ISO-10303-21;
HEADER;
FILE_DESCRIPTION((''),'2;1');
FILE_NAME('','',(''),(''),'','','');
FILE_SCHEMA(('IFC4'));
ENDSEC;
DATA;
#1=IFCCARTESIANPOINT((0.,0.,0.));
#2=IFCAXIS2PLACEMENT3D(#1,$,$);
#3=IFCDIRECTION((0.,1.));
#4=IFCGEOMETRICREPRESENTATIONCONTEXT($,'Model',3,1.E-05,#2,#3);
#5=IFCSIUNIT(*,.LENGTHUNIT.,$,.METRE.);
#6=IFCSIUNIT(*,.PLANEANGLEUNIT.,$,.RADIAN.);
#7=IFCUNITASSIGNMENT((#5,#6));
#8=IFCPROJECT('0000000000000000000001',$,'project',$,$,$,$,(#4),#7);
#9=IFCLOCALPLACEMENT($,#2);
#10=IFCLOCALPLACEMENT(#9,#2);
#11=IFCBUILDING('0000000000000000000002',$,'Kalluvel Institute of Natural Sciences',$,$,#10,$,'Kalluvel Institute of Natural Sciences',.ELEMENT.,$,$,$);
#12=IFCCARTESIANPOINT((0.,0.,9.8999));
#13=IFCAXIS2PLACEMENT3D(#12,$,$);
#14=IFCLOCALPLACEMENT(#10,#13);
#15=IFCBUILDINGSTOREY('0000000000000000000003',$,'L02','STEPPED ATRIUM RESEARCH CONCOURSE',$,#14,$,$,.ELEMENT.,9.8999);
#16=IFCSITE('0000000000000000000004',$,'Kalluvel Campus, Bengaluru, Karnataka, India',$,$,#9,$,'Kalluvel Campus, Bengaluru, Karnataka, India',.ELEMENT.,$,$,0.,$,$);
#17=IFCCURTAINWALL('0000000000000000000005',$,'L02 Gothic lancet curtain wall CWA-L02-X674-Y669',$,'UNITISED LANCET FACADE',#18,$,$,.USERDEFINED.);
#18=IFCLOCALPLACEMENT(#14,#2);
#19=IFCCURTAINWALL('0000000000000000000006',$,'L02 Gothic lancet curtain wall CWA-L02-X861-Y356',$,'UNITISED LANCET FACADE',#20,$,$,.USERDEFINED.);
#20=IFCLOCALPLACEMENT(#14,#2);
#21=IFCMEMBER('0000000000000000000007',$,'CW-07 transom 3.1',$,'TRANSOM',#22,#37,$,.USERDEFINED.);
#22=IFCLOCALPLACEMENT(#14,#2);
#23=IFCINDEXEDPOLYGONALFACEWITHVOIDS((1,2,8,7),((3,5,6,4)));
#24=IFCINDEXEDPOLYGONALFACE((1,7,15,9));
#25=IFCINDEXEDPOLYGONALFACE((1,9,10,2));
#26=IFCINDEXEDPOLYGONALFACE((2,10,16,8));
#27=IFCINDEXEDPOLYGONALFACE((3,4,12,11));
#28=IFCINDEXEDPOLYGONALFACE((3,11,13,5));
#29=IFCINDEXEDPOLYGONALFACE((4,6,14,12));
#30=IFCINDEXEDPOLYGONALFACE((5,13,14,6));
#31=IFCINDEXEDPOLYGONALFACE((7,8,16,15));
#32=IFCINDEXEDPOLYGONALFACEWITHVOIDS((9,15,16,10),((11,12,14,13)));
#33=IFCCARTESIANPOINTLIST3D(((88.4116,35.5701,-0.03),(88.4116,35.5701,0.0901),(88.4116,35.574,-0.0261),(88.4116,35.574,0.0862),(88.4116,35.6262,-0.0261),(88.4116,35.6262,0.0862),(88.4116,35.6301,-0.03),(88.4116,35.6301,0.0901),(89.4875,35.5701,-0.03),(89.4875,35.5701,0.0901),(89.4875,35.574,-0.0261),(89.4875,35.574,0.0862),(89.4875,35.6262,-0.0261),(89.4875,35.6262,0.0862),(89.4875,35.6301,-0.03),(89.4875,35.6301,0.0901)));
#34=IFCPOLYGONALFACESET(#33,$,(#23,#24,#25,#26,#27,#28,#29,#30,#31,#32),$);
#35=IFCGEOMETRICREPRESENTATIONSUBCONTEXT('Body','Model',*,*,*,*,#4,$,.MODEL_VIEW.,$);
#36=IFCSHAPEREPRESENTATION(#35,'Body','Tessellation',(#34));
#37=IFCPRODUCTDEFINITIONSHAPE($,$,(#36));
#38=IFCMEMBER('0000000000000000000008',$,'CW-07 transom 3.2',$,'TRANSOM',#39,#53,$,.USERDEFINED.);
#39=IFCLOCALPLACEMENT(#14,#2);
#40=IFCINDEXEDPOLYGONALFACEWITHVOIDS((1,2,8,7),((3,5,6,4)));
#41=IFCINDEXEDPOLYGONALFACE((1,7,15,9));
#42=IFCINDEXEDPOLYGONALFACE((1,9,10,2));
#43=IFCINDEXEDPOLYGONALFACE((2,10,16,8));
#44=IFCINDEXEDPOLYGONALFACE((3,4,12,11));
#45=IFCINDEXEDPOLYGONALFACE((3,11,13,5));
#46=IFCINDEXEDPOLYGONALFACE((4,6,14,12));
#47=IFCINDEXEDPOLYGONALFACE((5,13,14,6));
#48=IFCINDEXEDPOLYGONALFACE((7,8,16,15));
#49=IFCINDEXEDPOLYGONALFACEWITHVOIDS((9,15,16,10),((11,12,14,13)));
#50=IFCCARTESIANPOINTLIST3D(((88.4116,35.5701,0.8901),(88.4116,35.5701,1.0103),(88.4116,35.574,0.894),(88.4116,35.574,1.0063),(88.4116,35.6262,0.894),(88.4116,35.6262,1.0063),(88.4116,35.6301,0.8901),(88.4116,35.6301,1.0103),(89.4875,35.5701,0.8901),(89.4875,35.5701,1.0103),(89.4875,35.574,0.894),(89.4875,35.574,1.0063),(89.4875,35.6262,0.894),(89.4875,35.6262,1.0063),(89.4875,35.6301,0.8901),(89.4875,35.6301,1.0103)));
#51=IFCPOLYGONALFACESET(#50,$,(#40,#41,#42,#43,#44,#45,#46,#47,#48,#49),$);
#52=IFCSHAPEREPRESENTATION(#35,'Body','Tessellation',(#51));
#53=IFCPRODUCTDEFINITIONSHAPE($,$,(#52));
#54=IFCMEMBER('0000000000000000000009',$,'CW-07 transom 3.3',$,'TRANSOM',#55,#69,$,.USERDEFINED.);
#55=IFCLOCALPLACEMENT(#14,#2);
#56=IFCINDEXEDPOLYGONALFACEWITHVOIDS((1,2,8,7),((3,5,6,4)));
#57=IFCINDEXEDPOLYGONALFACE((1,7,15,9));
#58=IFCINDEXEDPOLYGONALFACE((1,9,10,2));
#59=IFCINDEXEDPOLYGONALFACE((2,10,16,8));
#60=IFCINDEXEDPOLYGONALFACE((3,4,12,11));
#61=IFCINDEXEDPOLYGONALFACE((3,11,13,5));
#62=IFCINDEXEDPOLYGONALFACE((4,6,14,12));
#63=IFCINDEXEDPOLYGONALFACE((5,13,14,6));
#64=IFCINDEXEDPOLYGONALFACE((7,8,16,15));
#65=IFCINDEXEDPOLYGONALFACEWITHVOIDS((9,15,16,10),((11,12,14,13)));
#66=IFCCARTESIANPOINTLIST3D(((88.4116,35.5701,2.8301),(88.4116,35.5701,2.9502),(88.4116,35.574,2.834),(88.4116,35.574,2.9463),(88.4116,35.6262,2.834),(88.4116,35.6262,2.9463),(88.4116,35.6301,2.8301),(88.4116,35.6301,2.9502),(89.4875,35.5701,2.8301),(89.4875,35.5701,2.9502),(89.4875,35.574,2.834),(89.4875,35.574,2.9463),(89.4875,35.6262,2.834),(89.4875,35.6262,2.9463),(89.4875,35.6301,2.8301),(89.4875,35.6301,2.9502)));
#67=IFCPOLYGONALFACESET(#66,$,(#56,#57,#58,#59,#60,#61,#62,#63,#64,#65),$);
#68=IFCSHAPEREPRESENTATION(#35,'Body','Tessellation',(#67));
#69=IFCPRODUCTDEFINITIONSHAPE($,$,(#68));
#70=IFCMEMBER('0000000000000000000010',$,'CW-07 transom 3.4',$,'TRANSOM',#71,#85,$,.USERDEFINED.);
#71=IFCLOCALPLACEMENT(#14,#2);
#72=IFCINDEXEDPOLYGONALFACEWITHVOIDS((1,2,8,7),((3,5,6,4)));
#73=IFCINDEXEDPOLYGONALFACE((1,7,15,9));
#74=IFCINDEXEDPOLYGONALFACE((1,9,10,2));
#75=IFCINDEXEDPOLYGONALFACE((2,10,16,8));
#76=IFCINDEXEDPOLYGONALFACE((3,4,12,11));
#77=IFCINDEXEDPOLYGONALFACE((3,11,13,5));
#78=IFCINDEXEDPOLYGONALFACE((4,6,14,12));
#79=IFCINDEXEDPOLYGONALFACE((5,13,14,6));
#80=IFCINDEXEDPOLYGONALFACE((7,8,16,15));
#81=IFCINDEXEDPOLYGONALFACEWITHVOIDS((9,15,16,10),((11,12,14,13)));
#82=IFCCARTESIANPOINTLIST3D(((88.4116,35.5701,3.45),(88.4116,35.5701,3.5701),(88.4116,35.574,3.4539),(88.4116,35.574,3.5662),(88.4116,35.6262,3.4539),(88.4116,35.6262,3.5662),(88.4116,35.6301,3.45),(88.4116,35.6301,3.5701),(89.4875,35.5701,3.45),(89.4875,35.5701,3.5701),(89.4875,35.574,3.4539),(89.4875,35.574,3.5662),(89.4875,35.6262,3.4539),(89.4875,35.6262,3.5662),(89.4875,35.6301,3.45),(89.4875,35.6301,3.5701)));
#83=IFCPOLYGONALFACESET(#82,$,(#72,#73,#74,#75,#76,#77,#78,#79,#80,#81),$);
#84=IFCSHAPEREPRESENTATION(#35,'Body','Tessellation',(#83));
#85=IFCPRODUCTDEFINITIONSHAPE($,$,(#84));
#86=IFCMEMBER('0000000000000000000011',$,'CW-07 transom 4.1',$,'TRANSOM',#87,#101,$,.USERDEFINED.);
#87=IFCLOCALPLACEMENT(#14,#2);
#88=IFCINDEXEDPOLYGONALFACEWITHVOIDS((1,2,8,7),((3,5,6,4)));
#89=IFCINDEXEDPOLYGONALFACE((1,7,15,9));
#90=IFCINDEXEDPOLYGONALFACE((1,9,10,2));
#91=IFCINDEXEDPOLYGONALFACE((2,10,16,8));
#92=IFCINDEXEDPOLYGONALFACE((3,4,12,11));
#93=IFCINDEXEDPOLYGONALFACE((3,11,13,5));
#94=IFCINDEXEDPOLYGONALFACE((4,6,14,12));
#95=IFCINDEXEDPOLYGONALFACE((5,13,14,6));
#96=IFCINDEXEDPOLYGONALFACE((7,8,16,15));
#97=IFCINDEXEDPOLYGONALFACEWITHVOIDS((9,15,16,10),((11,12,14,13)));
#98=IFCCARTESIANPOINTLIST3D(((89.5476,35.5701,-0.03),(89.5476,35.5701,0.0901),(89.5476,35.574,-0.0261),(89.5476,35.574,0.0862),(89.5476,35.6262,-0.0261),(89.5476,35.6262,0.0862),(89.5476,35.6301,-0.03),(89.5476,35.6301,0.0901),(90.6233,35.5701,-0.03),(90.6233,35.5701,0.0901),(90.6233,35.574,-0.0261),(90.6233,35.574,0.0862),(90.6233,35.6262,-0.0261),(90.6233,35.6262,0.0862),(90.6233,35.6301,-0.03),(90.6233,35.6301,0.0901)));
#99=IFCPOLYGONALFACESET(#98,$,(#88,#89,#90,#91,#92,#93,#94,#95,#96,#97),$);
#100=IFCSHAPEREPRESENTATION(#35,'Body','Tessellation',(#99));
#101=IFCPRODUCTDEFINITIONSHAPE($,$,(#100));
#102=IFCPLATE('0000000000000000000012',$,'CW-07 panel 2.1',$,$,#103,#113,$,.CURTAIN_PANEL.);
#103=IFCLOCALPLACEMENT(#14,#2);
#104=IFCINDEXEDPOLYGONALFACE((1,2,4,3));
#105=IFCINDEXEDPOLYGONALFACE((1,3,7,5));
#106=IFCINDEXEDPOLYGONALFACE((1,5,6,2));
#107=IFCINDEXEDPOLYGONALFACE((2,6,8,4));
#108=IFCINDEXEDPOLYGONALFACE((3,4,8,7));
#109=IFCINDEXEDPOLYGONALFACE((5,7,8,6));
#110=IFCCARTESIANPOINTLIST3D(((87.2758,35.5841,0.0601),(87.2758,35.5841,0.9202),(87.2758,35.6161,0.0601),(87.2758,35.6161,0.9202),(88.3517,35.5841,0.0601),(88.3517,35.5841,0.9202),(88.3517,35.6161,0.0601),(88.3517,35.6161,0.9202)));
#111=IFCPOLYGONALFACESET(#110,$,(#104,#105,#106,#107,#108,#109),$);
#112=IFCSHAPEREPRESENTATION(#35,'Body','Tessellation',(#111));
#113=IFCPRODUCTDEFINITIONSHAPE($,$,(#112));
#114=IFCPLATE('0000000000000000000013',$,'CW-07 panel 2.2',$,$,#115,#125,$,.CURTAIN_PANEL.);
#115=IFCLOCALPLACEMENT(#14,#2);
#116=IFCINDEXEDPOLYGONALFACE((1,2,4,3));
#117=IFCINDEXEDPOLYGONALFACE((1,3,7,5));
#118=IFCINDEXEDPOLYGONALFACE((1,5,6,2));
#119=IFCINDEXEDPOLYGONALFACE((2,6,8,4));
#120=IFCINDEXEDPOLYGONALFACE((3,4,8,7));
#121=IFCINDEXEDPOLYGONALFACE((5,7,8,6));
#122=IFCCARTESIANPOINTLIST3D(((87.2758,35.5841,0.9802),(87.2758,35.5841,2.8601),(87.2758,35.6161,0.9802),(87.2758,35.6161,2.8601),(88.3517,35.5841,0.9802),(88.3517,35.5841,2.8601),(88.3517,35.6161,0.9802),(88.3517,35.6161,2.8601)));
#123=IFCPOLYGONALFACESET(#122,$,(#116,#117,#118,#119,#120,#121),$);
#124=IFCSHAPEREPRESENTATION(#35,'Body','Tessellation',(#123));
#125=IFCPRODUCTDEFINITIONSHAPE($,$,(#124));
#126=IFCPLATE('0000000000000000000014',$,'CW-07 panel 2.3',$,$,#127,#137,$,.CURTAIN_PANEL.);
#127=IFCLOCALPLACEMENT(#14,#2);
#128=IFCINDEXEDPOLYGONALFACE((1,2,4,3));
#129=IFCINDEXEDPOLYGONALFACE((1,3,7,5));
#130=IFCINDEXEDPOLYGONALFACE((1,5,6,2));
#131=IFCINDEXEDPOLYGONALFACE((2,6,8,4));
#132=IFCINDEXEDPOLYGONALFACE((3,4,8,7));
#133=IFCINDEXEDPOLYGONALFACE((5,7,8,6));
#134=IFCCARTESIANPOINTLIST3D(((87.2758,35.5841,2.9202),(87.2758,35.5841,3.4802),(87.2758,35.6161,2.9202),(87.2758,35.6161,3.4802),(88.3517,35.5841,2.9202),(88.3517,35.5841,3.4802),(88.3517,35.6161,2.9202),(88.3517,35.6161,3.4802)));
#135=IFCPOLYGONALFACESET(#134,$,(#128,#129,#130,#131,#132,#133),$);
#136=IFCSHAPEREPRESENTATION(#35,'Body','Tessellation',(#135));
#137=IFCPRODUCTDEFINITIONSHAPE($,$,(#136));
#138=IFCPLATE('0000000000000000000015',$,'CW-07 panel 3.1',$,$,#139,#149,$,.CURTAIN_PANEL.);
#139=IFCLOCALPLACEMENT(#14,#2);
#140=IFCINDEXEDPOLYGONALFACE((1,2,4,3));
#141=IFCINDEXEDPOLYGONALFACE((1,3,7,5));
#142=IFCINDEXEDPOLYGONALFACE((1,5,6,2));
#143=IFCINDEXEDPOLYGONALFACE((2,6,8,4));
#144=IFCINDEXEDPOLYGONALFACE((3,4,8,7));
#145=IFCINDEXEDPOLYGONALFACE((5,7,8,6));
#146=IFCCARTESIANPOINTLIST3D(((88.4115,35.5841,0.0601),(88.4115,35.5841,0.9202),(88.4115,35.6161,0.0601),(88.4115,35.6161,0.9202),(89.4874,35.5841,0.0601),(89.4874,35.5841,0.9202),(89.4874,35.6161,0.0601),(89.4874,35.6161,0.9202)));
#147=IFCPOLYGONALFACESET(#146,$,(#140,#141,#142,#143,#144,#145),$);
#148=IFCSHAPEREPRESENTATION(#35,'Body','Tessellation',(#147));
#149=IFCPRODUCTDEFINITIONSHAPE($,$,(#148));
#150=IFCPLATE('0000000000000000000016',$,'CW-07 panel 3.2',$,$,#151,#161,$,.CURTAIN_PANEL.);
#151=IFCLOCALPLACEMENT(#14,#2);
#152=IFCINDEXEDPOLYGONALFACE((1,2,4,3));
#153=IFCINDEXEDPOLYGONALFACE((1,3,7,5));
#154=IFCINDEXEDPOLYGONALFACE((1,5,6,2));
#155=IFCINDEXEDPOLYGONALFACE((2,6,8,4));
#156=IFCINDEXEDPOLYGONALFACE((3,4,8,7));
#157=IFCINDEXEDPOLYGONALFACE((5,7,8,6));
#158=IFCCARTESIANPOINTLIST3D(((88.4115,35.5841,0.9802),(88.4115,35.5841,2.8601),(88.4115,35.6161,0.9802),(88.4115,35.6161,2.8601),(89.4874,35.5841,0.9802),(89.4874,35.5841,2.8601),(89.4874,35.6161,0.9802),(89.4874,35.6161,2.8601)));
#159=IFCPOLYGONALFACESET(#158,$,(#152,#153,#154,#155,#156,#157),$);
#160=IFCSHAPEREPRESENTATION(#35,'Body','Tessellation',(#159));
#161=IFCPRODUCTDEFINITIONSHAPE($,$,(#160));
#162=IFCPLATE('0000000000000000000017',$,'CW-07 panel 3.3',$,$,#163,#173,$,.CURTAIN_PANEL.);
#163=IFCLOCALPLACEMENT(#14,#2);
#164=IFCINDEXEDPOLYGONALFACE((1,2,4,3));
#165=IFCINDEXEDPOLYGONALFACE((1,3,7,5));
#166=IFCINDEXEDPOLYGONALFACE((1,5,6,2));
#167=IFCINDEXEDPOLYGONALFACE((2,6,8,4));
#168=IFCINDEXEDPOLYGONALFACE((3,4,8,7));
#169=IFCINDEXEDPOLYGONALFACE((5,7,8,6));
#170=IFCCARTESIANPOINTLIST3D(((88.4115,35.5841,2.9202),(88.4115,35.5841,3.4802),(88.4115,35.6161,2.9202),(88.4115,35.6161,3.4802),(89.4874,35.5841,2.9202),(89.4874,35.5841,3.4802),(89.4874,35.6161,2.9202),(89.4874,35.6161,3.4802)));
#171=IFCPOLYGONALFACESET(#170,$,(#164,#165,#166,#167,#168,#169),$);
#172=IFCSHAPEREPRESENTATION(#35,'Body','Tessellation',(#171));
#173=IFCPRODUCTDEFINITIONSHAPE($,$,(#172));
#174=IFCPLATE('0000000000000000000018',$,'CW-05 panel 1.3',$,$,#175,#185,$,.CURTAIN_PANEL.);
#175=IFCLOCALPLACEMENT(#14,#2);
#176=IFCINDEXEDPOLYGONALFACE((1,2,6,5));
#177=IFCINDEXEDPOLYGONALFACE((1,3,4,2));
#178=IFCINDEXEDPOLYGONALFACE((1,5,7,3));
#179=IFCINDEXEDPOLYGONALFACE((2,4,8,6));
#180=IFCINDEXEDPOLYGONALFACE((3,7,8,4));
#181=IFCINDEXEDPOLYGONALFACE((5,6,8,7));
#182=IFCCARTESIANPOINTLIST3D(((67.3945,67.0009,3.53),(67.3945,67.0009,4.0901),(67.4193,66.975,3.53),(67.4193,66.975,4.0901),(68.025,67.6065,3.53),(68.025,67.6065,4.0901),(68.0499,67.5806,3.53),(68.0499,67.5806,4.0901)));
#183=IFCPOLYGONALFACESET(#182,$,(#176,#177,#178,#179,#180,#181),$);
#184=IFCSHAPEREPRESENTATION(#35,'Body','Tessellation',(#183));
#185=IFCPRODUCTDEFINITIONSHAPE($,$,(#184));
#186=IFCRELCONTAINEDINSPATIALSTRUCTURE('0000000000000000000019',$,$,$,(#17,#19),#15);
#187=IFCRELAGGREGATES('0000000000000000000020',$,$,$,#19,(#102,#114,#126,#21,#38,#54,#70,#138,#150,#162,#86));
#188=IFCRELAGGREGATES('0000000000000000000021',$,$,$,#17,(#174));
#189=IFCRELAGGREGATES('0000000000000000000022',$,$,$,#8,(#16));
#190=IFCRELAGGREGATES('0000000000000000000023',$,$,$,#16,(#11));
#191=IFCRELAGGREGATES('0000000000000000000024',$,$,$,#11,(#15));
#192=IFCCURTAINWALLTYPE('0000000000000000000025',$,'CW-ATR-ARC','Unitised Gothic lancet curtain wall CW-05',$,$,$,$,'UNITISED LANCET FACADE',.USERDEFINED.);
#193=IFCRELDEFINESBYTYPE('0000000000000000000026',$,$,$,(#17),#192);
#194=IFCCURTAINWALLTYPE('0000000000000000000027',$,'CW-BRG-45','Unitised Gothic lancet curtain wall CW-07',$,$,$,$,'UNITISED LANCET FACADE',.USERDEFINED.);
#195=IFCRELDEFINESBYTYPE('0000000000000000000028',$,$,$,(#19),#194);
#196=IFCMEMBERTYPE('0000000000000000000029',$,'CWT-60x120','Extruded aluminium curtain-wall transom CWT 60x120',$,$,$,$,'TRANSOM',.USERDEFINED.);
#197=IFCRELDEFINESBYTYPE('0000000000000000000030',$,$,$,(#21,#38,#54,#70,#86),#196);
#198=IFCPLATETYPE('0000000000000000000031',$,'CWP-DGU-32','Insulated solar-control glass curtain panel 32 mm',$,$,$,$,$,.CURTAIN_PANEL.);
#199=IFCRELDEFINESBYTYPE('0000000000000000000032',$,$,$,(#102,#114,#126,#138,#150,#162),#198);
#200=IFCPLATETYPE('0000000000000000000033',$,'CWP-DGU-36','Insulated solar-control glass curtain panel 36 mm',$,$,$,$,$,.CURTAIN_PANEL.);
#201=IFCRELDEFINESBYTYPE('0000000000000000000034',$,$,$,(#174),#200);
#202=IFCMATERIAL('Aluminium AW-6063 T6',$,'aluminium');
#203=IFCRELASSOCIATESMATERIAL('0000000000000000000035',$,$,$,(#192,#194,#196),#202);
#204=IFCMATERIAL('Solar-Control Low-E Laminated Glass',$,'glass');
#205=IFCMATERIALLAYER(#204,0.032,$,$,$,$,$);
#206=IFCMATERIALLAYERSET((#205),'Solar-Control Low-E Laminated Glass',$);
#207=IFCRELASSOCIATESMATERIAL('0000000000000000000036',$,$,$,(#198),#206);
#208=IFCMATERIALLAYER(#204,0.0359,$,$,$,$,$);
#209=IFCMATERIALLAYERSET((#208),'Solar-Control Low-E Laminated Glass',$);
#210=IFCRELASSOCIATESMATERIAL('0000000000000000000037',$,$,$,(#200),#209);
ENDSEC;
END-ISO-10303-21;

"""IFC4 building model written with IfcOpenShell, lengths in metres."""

from ifc_helpers import new_model, si_unit, direction, frame, origin, origin_2d, place, context, subcontext, project, spatial, rectangle, hollow_rectangle, extrude, material, layer, layer_set, material_profile, profile_set, type_object, element, aggregate, save


model = new_model("IFC4")

# Units and contexts
model_context = context("Model", 3, precision=1e-05, world=origin(), true_north=direction((0.0, 1.0)))
body_context = subcontext(model_context, "Body", "Model", "MODEL_VIEW")
ifc_project = project(units=[si_unit("LENGTHUNIT", "METRE"), si_unit("PLANEANGLEUNIT", "RADIAN")], contexts=[model_context])

# Site, building, storey
site_placement = place(None, origin())
site = spatial("IfcSite", under=ifc_project, at=site_placement, Name="Kalluvel Campus, Bengaluru, Karnataka, India", LongName="Kalluvel Campus, Bengaluru, Karnataka, India", CompositionType="ELEMENT", RefElevation=0.0)
building_placement = place(site_placement, origin())
building = spatial("IfcBuilding", under=site, at=building_placement, Name="Kalluvel Institute of Natural Sciences", LongName="Kalluvel Institute of Natural Sciences", CompositionType="ELEMENT")
storey_placement = place(building_placement, frame((0.0, 0.0, 9.8999)))
storey = spatial("IfcBuildingStorey", under=building, at=storey_placement, Name="L02", Description="STEPPED ATRIUM RESEARCH CONCOURSE", CompositionType="ELEMENT", Elevation=9.8999)

# Curtain wall
ifc_material_1 = material(Name="Aluminium AW-6063 T6", Category="aluminium")
curtain_wall_type_1 = type_object("IfcCurtainWallType", Name="CW-ATR-ARC", Description="Unitised Gothic lancet curtain wall CW-05", ElementType="UNITISED LANCET FACADE", PredefinedType="USERDEFINED", material=ifc_material_1)
curtain_wall_1_placement = place(storey_placement, origin())
curtain_wall_1 = element("IfcCurtainWall", 1, at=curtain_wall_1_placement, inside=storey, type_object=curtain_wall_type_1, Name="L02 Gothic lancet curtain wall CWA-L02-X674-Y669", ObjectType="UNITISED LANCET FACADE", PredefinedType="USERDEFINED")

# Curtain wall
curtain_wall_type_2 = type_object("IfcCurtainWallType", Name="CW-BRG-45", Description="Unitised Gothic lancet curtain wall CW-07", ElementType="UNITISED LANCET FACADE", PredefinedType="USERDEFINED", material=ifc_material_1)
curtain_wall_2_placement = place(storey_placement, origin())
curtain_wall_2 = element("IfcCurtainWall", 2, at=curtain_wall_2_placement, inside=storey, type_object=curtain_wall_type_2, Name="L02 Gothic lancet curtain wall CWA-L02-X861-Y356", ObjectType="UNITISED LANCET FACADE", PredefinedType="USERDEFINED")

# Members
ifc_material_profile_1 = material_profile(ifc_material_1, hollow_rectangle(XDim=0.0601, YDim=0.1201, WallThickness=0.0039, at=origin_2d()), Name="CWT 60x120")
ifc_profile_set_1 = profile_set([ifc_material_profile_1], Name="Aluminium AW-6063 T6")
member_type_1 = type_object("IfcMemberType", Name="CWT-60x120", Description="Extruded aluminium curtain-wall transom CWT 60x120", ElementType="TRANSOM", PredefinedType="USERDEFINED", material=ifc_profile_set_1)
member_1_placement = place(storey_placement, frame((88.4116, 35.6001, 0.03), z_axis=(1.0, 0.0, 0.0), x_axis=(0.0, 1.0, 0.0)))
member_1 = element("IfcMember", 3, at=member_1_placement, type_object=member_type_1, Name="CW-07 transom 3.1", ObjectType="TRANSOM", PredefinedType="USERDEFINED", context=body_context, shape_type="SweptSolid", body=[
    extrude(hollow_rectangle(XDim=0.0601, YDim=0.1201, WallThickness=0.0039, at=origin_2d()), origin(), (0.0, 0.0, 1.0), 1.0759),
])
member_2_placement = place(storey_placement, frame((88.4116, 35.6001, 0.9502), z_axis=(1.0, 0.0, 0.0), x_axis=(0.0, 1.0, 0.0)))
member_2 = element("IfcMember", 4, at=member_2_placement, type_object=member_type_1, Name="CW-07 transom 3.2", ObjectType="TRANSOM", PredefinedType="USERDEFINED", context=body_context, shape_type="SweptSolid", body=[
    extrude(hollow_rectangle(XDim=0.0601, YDim=0.1201, WallThickness=0.0039, at=origin_2d()), origin(), (0.0, 0.0, 1.0), 1.0759),
])
member_3_placement = place(storey_placement, frame((88.4116, 35.6001, 2.8901), z_axis=(1.0, 0.0, 0.0), x_axis=(0.0, 1.0, 0.0)))
member_3 = element("IfcMember", 5, at=member_3_placement, type_object=member_type_1, Name="CW-07 transom 3.3", ObjectType="TRANSOM", PredefinedType="USERDEFINED", context=body_context, shape_type="SweptSolid", body=[
    extrude(hollow_rectangle(XDim=0.0601, YDim=0.1201, WallThickness=0.0039, at=origin_2d()), origin(), (0.0, 0.0, 1.0), 1.0759),
])
member_4_placement = place(storey_placement, frame((88.4116, 35.6001, 3.51), z_axis=(1.0, 0.0, 0.0), x_axis=(0.0, 1.0, 0.0)))
member_4 = element("IfcMember", 6, at=member_4_placement, type_object=member_type_1, Name="CW-07 transom 3.4", ObjectType="TRANSOM", PredefinedType="USERDEFINED", context=body_context, shape_type="SweptSolid", body=[
    extrude(hollow_rectangle(XDim=0.0601, YDim=0.1201, WallThickness=0.0039, at=origin_2d()), origin(), (0.0, 0.0, 1.0), 1.0759),
])
member_5_placement = place(storey_placement, frame((89.5476, 35.6001, 0.03), z_axis=(1.0, 0.0, 0.0), x_axis=(0.0, 1.0, 0.0)))
member_5 = element("IfcMember", 7, at=member_5_placement, type_object=member_type_1, Name="CW-07 transom 4.1", ObjectType="TRANSOM", PredefinedType="USERDEFINED", context=body_context, shape_type="SweptSolid", body=[
    extrude(hollow_rectangle(XDim=0.0601, YDim=0.1201, WallThickness=0.0039, at=origin_2d()), origin(), (0.0, 0.0, 1.0), 1.0757),
])

# Plates
ifc_material_2 = material(Name="Solar-Control Low-E Laminated Glass", Category="glass")
ifc_layer_1 = layer(ifc_material_2, 0.032)
ifc_layer_set_1 = layer_set([ifc_layer_1], Name="Solar-Control Low-E Laminated Glass")
plate_type_1 = type_object("IfcPlateType", Name="CWP-DGU-32", Description="Insulated solar-control glass curtain panel 32 mm", PredefinedType="CURTAIN_PANEL", material=ifc_layer_set_1)
plate_1_placement = place(storey_placement, frame((87.8137, 35.6001, 0.0601), z_axis=(0.0, 0.0, 1.0), x_axis=(1.0, 0.0, 0.0)))
plate_1 = element("IfcPlate", 8, at=plate_1_placement, type_object=plate_type_1, Name="CW-07 panel 2.1", PredefinedType="CURTAIN_PANEL", context=body_context, shape_type="SweptSolid", body=[
    extrude(rectangle(XDim=1.0759, YDim=0.032, at=origin_2d()), origin(), (0.0, 0.0, 1.0), 0.8601),
])
plate_2_placement = place(storey_placement, frame((87.8137, 35.6001, 0.9802), z_axis=(0.0, 0.0, 1.0), x_axis=(1.0, 0.0, 0.0)))
plate_2 = element("IfcPlate", 9, at=plate_2_placement, type_object=plate_type_1, Name="CW-07 panel 2.2", PredefinedType="CURTAIN_PANEL", context=body_context, shape_type="SweptSolid", body=[
    extrude(rectangle(XDim=1.0759, YDim=0.032, at=origin_2d()), origin(), (0.0, 0.0, 1.0), 1.8799),
])
plate_3_placement = place(storey_placement, frame((87.8137, 35.6001, 2.9202), z_axis=(0.0, 0.0, 1.0), x_axis=(1.0, 0.0, 0.0)))
plate_3 = element("IfcPlate", 10, at=plate_3_placement, type_object=plate_type_1, Name="CW-07 panel 2.3", PredefinedType="CURTAIN_PANEL", context=body_context, shape_type="SweptSolid", body=[
    extrude(rectangle(XDim=1.0759, YDim=0.032, at=origin_2d()), origin(), (0.0, 0.0, 1.0), 0.5601),
])
plate_4_placement = place(storey_placement, frame((88.9495, 35.6001, 0.0601), z_axis=(0.0, 0.0, 1.0), x_axis=(1.0, 0.0, 0.0)))
plate_4 = element("IfcPlate", 11, at=plate_4_placement, type_object=plate_type_1, Name="CW-07 panel 3.1", PredefinedType="CURTAIN_PANEL", context=body_context, shape_type="SweptSolid", body=[
    extrude(rectangle(XDim=1.0759, YDim=0.032, at=origin_2d()), origin(), (0.0, 0.0, 1.0), 0.8601),
])
plate_5_placement = place(storey_placement, frame((88.9495, 35.6001, 0.9802), z_axis=(0.0, 0.0, 1.0), x_axis=(1.0, 0.0, 0.0)))
plate_5 = element("IfcPlate", 12, at=plate_5_placement, type_object=plate_type_1, Name="CW-07 panel 3.2", PredefinedType="CURTAIN_PANEL", context=body_context, shape_type="SweptSolid", body=[
    extrude(rectangle(XDim=1.0759, YDim=0.032, at=origin_2d()), origin(), (0.0, 0.0, 1.0), 1.8799),
])
plate_6_placement = place(storey_placement, frame((88.9495, 35.6001, 2.9202), z_axis=(0.0, 0.0, 1.0), x_axis=(1.0, 0.0, 0.0)))
plate_6 = element("IfcPlate", 13, at=plate_6_placement, type_object=plate_type_1, Name="CW-07 panel 3.3", PredefinedType="CURTAIN_PANEL", context=body_context, shape_type="SweptSolid", body=[
    extrude(rectangle(XDim=1.0759, YDim=0.032, at=origin_2d()), origin(), (0.0, 0.0, 1.0), 0.5601),
])
aggregate(curtain_wall_2, [plate_1, plate_2, plate_3, member_1, member_2, member_3, member_4, plate_4, plate_5, plate_6, member_5])
ifc_layer_2 = layer(ifc_material_2, 0.0359)
ifc_layer_set_2 = layer_set([ifc_layer_2], Name="Solar-Control Low-E Laminated Glass")
plate_type_2 = type_object("IfcPlateType", Name="CWP-DGU-36", Description="Insulated solar-control glass curtain panel 36 mm", PredefinedType="CURTAIN_PANEL", material=ifc_layer_set_2)
plate_7_placement = place(storey_placement, frame((67.7222, 67.2908, 3.53), z_axis=(0.0, 0.0, 1.0), x_axis=(0.721196, 0.692731, 0.0)))
plate_7 = element("IfcPlate", 14, at=plate_7_placement, type_object=plate_type_2, Name="CW-05 panel 1.3", PredefinedType="CURTAIN_PANEL", context=body_context, shape_type="SweptSolid", body=[
    extrude(rectangle(XDim=0.8743, YDim=0.0359, at=origin_2d()), origin(), (0.0, 0.0, 1.0), 0.5601),
])
aggregate(curtain_wall_1, [plate_7])

save(model, "model.ifc")
